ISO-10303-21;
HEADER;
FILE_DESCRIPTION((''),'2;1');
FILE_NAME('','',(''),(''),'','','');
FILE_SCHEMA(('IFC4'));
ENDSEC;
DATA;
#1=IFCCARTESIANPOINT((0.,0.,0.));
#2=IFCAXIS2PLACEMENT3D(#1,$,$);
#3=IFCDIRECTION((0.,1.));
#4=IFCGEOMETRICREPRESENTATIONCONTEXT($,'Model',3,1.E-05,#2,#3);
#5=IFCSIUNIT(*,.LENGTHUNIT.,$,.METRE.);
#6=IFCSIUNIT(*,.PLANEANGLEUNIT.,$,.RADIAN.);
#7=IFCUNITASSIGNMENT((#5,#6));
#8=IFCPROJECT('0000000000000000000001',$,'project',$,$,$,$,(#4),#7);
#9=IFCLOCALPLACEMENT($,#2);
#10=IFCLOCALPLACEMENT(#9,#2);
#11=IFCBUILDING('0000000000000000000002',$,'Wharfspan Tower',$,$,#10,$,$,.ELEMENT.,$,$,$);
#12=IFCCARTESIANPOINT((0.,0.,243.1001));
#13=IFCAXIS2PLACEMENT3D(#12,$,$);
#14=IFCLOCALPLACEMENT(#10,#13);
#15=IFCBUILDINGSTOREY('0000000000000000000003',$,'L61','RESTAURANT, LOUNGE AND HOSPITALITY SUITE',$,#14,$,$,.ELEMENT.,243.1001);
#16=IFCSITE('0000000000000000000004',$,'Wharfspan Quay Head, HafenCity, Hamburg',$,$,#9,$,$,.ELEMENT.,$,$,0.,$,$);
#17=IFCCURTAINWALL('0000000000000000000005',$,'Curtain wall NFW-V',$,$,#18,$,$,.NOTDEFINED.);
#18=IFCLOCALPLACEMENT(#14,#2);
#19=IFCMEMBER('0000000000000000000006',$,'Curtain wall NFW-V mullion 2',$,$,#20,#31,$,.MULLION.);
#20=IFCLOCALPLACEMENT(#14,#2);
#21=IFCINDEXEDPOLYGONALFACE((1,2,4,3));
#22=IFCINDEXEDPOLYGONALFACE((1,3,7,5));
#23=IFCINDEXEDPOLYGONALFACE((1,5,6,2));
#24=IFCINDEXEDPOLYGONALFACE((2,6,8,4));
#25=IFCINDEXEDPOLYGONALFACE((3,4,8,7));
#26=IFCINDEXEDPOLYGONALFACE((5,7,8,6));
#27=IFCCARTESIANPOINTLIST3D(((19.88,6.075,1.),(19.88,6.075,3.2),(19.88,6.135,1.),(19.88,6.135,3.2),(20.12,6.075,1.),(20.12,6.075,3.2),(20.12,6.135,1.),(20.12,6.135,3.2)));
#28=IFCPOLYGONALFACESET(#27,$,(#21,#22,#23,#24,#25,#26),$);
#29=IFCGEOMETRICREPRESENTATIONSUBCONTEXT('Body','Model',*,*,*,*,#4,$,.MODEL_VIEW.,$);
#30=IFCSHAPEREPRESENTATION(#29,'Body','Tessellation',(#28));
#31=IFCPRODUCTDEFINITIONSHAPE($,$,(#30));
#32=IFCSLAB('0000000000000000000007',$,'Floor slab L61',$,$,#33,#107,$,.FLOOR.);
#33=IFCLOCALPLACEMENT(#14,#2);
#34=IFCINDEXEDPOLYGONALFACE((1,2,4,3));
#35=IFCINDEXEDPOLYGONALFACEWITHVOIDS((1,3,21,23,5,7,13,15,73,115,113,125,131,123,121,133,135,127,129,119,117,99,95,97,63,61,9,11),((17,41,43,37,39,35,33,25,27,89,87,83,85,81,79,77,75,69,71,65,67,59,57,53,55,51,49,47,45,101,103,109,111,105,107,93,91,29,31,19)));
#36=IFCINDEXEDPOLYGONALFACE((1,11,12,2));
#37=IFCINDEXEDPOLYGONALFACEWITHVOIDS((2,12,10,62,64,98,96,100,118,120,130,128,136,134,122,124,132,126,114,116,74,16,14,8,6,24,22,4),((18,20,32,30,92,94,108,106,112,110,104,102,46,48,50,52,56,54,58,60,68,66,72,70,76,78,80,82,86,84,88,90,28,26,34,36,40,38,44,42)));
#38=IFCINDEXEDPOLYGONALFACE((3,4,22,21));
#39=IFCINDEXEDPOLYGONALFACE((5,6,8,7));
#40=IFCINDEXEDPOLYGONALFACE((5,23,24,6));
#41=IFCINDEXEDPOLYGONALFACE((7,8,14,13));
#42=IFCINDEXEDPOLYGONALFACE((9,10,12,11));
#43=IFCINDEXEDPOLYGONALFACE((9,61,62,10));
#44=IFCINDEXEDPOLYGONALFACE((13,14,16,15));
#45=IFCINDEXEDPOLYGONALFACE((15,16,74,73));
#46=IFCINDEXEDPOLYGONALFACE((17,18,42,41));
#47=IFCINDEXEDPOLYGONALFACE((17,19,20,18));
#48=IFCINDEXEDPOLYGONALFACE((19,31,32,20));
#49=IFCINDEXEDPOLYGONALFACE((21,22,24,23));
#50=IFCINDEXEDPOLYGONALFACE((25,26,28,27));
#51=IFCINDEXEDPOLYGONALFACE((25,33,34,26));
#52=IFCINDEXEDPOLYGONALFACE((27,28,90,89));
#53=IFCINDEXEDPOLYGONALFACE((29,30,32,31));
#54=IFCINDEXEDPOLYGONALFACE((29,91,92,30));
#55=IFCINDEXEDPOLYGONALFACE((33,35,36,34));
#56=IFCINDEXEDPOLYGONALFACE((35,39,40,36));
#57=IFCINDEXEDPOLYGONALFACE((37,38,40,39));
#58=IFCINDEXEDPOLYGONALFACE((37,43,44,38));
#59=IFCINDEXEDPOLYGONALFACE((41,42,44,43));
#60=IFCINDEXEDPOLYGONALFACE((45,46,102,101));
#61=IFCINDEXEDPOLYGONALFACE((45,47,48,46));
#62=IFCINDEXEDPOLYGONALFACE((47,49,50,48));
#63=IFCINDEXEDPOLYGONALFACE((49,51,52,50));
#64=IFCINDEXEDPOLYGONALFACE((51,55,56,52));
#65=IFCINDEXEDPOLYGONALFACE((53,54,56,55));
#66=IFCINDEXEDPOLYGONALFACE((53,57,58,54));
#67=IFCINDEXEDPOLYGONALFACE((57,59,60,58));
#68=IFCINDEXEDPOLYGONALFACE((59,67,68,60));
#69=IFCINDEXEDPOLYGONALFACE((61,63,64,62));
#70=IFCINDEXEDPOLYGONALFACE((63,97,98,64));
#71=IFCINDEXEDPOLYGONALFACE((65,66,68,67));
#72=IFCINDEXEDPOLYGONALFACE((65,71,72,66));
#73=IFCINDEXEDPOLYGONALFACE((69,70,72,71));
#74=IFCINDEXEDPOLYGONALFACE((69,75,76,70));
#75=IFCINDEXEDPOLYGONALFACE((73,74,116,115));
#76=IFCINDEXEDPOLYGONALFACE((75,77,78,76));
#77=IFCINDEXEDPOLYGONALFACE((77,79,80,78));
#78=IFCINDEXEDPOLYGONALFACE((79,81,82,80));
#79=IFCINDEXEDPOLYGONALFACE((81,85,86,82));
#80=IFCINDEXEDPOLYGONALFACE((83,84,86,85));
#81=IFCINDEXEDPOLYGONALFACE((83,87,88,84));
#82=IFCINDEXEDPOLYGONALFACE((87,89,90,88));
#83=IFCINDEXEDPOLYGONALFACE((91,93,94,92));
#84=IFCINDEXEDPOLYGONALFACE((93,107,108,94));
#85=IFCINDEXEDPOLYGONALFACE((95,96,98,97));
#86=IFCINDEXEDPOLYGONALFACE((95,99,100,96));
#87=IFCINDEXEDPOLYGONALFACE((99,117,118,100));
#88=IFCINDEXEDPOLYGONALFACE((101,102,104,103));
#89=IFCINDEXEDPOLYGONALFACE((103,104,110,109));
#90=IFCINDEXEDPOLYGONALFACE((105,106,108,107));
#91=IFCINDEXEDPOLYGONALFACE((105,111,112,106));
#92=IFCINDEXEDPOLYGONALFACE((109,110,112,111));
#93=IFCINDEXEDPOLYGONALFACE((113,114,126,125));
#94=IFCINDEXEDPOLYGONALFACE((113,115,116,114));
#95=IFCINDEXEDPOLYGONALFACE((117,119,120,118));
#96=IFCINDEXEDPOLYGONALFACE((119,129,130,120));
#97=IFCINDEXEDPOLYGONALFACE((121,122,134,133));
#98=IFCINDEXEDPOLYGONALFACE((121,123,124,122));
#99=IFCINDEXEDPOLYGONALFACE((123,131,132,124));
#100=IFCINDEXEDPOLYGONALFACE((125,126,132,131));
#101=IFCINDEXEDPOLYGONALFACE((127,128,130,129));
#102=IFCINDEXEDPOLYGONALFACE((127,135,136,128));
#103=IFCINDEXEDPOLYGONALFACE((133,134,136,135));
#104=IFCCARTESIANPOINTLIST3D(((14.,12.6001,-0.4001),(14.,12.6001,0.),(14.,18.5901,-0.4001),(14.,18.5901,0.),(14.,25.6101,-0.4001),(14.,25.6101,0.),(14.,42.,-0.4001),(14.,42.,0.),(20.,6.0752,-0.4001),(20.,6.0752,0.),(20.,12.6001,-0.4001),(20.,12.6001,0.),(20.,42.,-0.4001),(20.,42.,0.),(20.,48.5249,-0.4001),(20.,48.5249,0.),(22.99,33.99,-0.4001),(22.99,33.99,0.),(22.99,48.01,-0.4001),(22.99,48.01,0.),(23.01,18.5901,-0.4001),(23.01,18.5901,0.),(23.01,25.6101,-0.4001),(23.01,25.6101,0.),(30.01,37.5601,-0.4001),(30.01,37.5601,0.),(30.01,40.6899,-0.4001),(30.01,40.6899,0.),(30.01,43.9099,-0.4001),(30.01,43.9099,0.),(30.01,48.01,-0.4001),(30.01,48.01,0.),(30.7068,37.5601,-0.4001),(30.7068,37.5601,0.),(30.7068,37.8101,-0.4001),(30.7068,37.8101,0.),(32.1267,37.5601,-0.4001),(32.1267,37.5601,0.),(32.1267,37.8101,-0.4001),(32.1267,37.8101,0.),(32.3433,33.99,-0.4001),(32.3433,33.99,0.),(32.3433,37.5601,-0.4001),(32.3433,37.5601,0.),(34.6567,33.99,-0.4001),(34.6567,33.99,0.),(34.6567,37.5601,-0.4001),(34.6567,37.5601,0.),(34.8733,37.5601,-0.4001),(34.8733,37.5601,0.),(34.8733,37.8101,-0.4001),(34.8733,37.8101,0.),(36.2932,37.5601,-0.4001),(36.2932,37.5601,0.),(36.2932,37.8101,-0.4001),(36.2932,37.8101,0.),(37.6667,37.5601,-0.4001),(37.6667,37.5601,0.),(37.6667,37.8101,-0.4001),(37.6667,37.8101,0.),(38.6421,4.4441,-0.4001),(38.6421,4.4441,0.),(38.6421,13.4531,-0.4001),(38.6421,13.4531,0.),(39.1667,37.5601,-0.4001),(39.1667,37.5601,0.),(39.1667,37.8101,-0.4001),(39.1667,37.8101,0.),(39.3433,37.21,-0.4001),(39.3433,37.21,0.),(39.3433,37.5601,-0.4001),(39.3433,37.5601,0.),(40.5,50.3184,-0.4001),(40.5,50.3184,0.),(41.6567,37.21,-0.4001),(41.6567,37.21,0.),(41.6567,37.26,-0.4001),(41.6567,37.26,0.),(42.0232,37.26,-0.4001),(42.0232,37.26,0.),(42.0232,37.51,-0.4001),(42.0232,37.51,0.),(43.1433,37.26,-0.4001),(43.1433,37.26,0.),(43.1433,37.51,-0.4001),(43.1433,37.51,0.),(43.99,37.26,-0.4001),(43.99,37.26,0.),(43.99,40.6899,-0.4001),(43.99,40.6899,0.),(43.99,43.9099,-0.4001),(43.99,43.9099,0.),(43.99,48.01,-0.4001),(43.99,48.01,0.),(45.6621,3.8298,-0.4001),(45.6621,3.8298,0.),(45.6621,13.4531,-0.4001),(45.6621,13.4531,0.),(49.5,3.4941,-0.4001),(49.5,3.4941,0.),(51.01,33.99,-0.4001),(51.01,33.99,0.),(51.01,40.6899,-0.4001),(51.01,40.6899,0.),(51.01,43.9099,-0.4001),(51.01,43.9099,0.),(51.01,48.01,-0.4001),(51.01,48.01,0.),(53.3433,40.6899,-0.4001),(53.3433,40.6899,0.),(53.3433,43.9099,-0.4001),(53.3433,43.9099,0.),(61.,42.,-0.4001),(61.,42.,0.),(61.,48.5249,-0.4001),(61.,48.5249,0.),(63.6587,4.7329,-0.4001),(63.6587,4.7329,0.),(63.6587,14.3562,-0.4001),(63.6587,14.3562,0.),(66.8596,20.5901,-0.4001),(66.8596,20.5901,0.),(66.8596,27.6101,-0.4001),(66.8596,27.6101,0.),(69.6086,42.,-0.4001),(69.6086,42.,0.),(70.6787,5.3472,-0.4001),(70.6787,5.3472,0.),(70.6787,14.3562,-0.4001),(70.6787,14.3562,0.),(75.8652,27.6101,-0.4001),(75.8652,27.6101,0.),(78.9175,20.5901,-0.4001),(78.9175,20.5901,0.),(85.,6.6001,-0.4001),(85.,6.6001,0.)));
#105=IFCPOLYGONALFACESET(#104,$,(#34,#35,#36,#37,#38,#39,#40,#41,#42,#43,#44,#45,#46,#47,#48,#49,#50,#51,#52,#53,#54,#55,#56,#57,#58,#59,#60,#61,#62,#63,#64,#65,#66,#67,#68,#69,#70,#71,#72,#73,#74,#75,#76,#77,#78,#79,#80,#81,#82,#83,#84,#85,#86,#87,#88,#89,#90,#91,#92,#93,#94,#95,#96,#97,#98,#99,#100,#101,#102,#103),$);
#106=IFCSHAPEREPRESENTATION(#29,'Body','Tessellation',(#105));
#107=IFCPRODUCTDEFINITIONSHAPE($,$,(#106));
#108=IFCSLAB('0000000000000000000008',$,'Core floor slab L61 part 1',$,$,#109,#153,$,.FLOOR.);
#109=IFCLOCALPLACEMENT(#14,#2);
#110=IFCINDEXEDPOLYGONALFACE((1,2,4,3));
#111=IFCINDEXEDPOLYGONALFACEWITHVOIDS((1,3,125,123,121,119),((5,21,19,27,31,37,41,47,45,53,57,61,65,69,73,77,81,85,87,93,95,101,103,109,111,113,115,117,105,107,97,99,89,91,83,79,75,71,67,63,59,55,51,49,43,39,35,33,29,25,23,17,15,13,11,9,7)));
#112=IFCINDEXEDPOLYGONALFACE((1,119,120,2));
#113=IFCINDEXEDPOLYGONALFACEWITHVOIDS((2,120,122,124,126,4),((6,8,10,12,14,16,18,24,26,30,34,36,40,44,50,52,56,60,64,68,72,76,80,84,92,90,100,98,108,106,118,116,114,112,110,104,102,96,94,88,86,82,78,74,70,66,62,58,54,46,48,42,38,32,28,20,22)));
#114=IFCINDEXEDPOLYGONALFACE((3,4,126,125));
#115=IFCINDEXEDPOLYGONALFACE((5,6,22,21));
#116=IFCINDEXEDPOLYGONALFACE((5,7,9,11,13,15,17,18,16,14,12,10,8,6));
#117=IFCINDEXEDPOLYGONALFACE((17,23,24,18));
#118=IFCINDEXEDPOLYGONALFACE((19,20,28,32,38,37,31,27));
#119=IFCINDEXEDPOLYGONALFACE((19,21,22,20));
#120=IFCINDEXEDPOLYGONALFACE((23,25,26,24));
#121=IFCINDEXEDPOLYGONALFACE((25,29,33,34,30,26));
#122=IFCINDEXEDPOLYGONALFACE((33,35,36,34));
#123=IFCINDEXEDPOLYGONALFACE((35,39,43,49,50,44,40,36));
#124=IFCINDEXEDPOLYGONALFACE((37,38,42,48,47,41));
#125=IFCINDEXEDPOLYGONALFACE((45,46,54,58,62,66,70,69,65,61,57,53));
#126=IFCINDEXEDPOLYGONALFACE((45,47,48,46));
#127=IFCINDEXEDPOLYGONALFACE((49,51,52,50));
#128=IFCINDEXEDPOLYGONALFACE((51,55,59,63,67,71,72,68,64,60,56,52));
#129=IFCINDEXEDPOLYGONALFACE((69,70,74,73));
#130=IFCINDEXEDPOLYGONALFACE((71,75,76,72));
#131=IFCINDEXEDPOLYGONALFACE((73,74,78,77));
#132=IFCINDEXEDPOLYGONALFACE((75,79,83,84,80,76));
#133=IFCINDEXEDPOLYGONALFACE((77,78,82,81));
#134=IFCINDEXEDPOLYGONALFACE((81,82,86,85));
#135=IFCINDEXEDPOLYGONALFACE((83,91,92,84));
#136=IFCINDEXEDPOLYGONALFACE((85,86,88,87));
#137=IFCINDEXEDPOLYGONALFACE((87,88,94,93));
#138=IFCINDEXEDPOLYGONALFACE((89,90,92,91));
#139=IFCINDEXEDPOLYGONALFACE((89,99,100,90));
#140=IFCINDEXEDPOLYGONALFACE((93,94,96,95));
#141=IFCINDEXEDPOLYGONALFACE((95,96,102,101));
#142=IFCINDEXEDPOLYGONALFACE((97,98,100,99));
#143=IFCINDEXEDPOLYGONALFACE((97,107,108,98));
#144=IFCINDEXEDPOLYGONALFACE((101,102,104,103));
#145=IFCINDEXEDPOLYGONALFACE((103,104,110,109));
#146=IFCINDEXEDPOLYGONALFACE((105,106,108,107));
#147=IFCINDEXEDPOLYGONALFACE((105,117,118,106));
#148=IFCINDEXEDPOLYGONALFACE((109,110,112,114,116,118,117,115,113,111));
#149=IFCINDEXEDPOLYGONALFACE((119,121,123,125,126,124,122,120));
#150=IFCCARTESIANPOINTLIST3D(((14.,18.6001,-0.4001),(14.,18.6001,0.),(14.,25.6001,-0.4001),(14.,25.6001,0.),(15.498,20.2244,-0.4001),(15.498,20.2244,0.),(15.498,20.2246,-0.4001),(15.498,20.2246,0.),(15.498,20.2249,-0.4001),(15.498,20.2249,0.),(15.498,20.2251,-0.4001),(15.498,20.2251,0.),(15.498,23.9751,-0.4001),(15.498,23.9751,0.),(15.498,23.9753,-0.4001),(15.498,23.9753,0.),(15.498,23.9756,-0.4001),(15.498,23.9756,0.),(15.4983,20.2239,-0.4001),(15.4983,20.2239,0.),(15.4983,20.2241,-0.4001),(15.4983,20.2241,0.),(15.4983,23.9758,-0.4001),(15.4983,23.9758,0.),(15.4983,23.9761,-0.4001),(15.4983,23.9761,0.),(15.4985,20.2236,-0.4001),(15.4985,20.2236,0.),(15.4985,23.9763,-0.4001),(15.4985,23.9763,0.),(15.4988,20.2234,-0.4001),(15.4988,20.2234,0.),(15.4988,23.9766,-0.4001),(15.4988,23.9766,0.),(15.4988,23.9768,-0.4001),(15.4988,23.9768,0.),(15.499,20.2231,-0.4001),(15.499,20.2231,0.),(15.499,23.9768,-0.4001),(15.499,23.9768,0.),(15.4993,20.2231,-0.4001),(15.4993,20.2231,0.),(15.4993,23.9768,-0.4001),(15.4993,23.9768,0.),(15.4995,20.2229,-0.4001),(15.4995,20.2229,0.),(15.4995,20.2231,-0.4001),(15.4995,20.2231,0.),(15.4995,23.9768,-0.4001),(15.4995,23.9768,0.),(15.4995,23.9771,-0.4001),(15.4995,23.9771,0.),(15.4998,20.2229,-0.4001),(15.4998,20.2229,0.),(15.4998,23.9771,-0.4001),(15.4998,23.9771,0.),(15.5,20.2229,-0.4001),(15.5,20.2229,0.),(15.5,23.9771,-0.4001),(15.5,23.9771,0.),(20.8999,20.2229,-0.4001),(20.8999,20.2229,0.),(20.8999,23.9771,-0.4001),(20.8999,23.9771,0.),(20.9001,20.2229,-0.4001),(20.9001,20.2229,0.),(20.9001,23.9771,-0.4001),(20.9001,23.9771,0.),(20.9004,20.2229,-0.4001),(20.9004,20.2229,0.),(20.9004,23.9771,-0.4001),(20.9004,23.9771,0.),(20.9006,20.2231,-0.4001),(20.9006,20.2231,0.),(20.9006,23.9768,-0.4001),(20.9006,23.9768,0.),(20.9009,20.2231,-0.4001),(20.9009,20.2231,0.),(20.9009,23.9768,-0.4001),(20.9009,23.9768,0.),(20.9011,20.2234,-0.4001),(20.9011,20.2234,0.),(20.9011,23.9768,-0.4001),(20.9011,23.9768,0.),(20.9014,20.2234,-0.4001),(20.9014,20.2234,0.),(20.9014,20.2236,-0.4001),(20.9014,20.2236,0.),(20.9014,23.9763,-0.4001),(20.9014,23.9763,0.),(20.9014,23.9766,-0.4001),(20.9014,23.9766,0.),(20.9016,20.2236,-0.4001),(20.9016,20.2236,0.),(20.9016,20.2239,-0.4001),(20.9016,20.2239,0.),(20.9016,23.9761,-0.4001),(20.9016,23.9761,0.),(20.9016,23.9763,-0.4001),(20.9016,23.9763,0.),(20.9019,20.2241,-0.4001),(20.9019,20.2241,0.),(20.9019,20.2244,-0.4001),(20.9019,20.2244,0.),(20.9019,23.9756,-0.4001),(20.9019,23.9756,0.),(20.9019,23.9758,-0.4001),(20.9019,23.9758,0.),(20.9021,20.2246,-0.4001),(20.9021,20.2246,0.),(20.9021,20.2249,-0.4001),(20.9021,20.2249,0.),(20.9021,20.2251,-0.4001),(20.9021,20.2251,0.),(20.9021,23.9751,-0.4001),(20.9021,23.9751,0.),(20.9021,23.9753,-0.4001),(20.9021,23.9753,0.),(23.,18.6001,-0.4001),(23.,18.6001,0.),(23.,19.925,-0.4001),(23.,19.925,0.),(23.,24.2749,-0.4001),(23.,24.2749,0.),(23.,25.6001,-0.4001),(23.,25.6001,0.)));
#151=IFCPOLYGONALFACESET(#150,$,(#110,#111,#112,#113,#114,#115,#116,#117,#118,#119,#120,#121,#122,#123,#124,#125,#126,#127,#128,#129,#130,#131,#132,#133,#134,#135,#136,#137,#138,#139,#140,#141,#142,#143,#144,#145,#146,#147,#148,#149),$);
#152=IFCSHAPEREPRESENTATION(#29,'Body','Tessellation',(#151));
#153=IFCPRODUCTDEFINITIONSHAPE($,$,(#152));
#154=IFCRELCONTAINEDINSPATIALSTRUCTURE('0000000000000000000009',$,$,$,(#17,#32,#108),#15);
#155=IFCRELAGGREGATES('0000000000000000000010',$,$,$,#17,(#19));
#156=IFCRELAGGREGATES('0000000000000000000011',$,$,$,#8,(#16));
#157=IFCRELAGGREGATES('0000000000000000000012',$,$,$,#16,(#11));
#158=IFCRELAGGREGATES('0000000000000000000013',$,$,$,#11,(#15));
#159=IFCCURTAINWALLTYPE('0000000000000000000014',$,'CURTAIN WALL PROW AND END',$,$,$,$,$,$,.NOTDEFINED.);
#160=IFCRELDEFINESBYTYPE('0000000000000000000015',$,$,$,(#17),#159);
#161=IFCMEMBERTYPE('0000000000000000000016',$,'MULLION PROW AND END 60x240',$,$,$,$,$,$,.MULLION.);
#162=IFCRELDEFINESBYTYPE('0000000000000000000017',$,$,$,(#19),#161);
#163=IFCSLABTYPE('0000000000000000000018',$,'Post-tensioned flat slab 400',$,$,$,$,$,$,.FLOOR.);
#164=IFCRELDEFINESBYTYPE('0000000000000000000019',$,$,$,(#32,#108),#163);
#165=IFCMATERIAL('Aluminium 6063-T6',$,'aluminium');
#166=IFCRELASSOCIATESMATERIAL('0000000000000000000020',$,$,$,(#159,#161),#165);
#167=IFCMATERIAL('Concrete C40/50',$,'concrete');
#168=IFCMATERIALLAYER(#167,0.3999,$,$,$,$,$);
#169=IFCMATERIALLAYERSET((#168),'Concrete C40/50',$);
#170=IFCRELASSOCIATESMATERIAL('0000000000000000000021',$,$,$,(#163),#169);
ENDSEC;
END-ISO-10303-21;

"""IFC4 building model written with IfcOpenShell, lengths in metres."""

from ifc_helpers import new_model, si_unit, direction, frame, origin, origin_2d, place, context, subcontext, project, spatial, polyline, rectangle, outline, extrude, material, layer, layer_set, material_profile, profile_set, type_object, element, aggregate, save


model = new_model("IFC4")

# Units and contexts
model_context = context("Model", 3, precision=1e-05, world=origin(), true_north=direction((0.0, 1.0)))
body_context = subcontext(model_context, "Body", "Model", "MODEL_VIEW")
ifc_project = project(units=[si_unit("LENGTHUNIT", "METRE"), si_unit("PLANEANGLEUNIT", "RADIAN")], contexts=[model_context])

# Site, building, storey
site_placement = place(None, origin())
site = spatial("IfcSite", under=ifc_project, at=site_placement, Name="Wharfspan Quay Head, HafenCity, Hamburg", CompositionType="ELEMENT", RefElevation=0.0)
building_placement = place(site_placement, origin())
building = spatial("IfcBuilding", under=site, at=building_placement, Name="Wharfspan Tower", CompositionType="ELEMENT")
storey_placement = place(building_placement, frame((0.0, 0.0, 243.1001)))
storey = spatial("IfcBuildingStorey", under=building, at=storey_placement, Name="L61", Description="RESTAURANT, LOUNGE AND HOSPITALITY SUITE", CompositionType="ELEMENT", Elevation=243.1001)

# Curtain wall, member
ifc_material_1 = material(Name="Aluminium 6063-T6", Category="aluminium")
curtain_wall_type = type_object("IfcCurtainWallType", Name="CURTAIN WALL PROW AND END", PredefinedType="NOTDEFINED", material=ifc_material_1)
curtain_wall_placement = place(storey_placement, origin())
curtain_wall = element("IfcCurtainWall", 1, at=curtain_wall_placement, inside=storey, type_object=curtain_wall_type, Name="Curtain wall NFW-V", PredefinedType="NOTDEFINED")
ifc_material_profile = material_profile(ifc_material_1, rectangle(XDim=0.24, YDim=0.0601, at=origin_2d()))
ifc_profile_set = profile_set([ifc_material_profile], Name="Aluminium 6063-T6")
member_type = type_object("IfcMemberType", Name="MULLION PROW AND END 60x240", PredefinedType="MULLION", material=ifc_profile_set)
member_placement = place(storey_placement, frame((20.0, 6.105, 1.0), z_axis=(0.0, 0.0, 1.0), x_axis=(1.0, 0.0, 0.0)))
member = element("IfcMember", 2, at=member_placement, type_object=member_type, Name="Curtain wall NFW-V mullion 2", PredefinedType="MULLION", context=body_context, shape_type="SweptSolid", body=[
    extrude(rectangle(XDim=0.24, YDim=0.0601, at=origin_2d()), origin(), (0.0, 0.0, 1.0), 2.2),
])
aggregate(curtain_wall, [member])

# Slabs
ifc_material_2 = material(Name="Concrete C40/50", Category="concrete")
ifc_layer_1 = layer(ifc_material_2, 0.3999)
ifc_layer_set_1 = layer_set([ifc_layer_1], Name="Concrete C40/50")
slab_type_1 = type_object("IfcSlabType", Name="Post-tensioned flat slab 400", PredefinedType="FLOOR", material=ifc_layer_set_1)
slab_1_placement = place(storey_placement, frame((0.0, 0.0, -0.4001)))
element("IfcSlab", 3, at=slab_1_placement, inside=storey, type_object=slab_type_1, Name="Floor slab L61", PredefinedType="FLOOR", context=body_context, shape_type="SweptSolid", body=[
    extrude(outline(polyline([(38.6421, 4.4441), (38.6421, 13.4531), (45.6621, 13.4531), (45.6621, 3.8298), (49.5, 3.4941), (63.6587, 4.7329), (63.6587, 14.3562), (70.6787, 14.3562), (70.6787, 5.3472), (85.0, 6.6001), (78.9175, 20.5901), (66.8596, 20.5901), (66.8596, 27.6101), (75.8652, 27.6101), (69.6086, 42.0), (61.0, 42.0), (61.0, 48.5249), (40.5, 50.3184), (20.0, 48.5249), (20.0, 42.0), (14.0, 42.0), (14.0, 25.6101), (23.01, 25.6101), (23.01, 18.5901), (14.0, 18.5901), (14.0, 12.6001), (20.0, 12.6001), (20.0, 6.0752), (38.6421, 4.4441)]), holes=[polyline([(32.1267, 37.5601), (32.3433, 37.5601), (32.3433, 33.99), (22.99, 33.99), (22.99, 48.01), (30.01, 48.01), (30.01, 43.9099), (43.99, 43.9099), (43.99, 48.01), (51.01, 48.01), (51.01, 43.9099), (53.3433, 43.9099), (53.3433, 40.6899), (51.01, 40.6899), (51.01, 33.99), (34.6567, 33.99), (34.6567, 37.5601), (34.8733, 37.5601), (34.8733, 37.8101), (36.2932, 37.8101), (36.2932, 37.5601), (37.6667, 37.5601), (37.6667, 37.8101), (39.1667, 37.8101), (39.1667, 37.5601), (39.3433, 37.5601), (39.3433, 37.21), (41.6567, 37.21), (41.6567, 37.26), (42.0232, 37.26), (42.0232, 37.51), (43.1433, 37.51), (43.1433, 37.26), (43.99, 37.26), (43.99, 40.6899), (30.01, 40.6899), (30.01, 37.5601), (30.7068, 37.5601), (30.7068, 37.8101), (32.1267, 37.8101), (32.1267, 37.5601)])]), origin(), (0.0, 0.0, 1.0), 0.4001),
])
slab_2_placement = place(storey_placement, frame((0.0, 0.0, -0.4001)))
element("IfcSlab", 4, at=slab_2_placement, inside=storey, type_object=slab_type_1, Name="Core floor slab L61 part 1", PredefinedType="FLOOR", context=body_context, shape_type="SweptSolid", body=[
    extrude(outline(polyline([(23.0, 19.925), (23.0, 24.2749), (23.0, 25.6001), (14.0, 25.6001), (14.0, 18.6001), (23.0, 18.6001), (23.0, 19.925)]), holes=[polyline([(20.8999, 23.9771), (20.9001, 23.9771), (20.9004, 23.9771), (20.9006, 23.9768), (20.9009, 23.9768), (20.9009, 23.9768), (20.9011, 23.9768), (20.9014, 23.9766), (20.9014, 23.9763), (20.9016, 23.9763), (20.9016, 23.9761), (20.9019, 23.9758), (20.9019, 23.9758), (20.9019, 23.9756), (20.9021, 23.9753), (20.9021, 23.9751), (20.9021, 23.9751), (20.9021, 20.2251), (20.9021, 20.2249), (20.9021, 20.2246), (20.9019, 20.2244), (20.9019, 20.2241), (20.9019, 20.2241), (20.9016, 20.2239), (20.9016, 20.2236), (20.9014, 20.2236), (20.9014, 20.2234), (20.9011, 20.2234), (20.9009, 20.2231), (20.9009, 20.2231), (20.9006, 20.2231), (20.9004, 20.2229), (20.9001, 20.2229), (20.8999, 20.2229), (15.5, 20.2229), (15.4998, 20.2229), (15.4995, 20.2229), (15.4995, 20.2231), (15.4993, 20.2231), (15.499, 20.2231), (15.4988, 20.2234), (15.4988, 20.2234), (15.4985, 20.2236), (15.4985, 20.2236), (15.4983, 20.2239), (15.4983, 20.2241), (15.4983, 20.2241), (15.498, 20.2244), (15.498, 20.2246), (15.498, 20.2249), (15.498, 20.2251), (15.498, 23.9751), (15.498, 23.9751), (15.498, 23.9753), (15.498, 23.9756), (15.4983, 23.9758), (15.4983, 23.9758), (15.4983, 23.9761), (15.4985, 23.9763), (15.4985, 23.9763), (15.4988, 23.9766), (15.4988, 23.9768), (15.499, 23.9768), (15.4993, 23.9768), (15.4995, 23.9768), (15.4995, 23.9771), (15.4998, 23.9771), (15.5, 23.9771), (20.8999, 23.9771)])]), origin(), (0.0, 0.0, 1.0), 0.4001),
])

save(model, "model.ifc")
